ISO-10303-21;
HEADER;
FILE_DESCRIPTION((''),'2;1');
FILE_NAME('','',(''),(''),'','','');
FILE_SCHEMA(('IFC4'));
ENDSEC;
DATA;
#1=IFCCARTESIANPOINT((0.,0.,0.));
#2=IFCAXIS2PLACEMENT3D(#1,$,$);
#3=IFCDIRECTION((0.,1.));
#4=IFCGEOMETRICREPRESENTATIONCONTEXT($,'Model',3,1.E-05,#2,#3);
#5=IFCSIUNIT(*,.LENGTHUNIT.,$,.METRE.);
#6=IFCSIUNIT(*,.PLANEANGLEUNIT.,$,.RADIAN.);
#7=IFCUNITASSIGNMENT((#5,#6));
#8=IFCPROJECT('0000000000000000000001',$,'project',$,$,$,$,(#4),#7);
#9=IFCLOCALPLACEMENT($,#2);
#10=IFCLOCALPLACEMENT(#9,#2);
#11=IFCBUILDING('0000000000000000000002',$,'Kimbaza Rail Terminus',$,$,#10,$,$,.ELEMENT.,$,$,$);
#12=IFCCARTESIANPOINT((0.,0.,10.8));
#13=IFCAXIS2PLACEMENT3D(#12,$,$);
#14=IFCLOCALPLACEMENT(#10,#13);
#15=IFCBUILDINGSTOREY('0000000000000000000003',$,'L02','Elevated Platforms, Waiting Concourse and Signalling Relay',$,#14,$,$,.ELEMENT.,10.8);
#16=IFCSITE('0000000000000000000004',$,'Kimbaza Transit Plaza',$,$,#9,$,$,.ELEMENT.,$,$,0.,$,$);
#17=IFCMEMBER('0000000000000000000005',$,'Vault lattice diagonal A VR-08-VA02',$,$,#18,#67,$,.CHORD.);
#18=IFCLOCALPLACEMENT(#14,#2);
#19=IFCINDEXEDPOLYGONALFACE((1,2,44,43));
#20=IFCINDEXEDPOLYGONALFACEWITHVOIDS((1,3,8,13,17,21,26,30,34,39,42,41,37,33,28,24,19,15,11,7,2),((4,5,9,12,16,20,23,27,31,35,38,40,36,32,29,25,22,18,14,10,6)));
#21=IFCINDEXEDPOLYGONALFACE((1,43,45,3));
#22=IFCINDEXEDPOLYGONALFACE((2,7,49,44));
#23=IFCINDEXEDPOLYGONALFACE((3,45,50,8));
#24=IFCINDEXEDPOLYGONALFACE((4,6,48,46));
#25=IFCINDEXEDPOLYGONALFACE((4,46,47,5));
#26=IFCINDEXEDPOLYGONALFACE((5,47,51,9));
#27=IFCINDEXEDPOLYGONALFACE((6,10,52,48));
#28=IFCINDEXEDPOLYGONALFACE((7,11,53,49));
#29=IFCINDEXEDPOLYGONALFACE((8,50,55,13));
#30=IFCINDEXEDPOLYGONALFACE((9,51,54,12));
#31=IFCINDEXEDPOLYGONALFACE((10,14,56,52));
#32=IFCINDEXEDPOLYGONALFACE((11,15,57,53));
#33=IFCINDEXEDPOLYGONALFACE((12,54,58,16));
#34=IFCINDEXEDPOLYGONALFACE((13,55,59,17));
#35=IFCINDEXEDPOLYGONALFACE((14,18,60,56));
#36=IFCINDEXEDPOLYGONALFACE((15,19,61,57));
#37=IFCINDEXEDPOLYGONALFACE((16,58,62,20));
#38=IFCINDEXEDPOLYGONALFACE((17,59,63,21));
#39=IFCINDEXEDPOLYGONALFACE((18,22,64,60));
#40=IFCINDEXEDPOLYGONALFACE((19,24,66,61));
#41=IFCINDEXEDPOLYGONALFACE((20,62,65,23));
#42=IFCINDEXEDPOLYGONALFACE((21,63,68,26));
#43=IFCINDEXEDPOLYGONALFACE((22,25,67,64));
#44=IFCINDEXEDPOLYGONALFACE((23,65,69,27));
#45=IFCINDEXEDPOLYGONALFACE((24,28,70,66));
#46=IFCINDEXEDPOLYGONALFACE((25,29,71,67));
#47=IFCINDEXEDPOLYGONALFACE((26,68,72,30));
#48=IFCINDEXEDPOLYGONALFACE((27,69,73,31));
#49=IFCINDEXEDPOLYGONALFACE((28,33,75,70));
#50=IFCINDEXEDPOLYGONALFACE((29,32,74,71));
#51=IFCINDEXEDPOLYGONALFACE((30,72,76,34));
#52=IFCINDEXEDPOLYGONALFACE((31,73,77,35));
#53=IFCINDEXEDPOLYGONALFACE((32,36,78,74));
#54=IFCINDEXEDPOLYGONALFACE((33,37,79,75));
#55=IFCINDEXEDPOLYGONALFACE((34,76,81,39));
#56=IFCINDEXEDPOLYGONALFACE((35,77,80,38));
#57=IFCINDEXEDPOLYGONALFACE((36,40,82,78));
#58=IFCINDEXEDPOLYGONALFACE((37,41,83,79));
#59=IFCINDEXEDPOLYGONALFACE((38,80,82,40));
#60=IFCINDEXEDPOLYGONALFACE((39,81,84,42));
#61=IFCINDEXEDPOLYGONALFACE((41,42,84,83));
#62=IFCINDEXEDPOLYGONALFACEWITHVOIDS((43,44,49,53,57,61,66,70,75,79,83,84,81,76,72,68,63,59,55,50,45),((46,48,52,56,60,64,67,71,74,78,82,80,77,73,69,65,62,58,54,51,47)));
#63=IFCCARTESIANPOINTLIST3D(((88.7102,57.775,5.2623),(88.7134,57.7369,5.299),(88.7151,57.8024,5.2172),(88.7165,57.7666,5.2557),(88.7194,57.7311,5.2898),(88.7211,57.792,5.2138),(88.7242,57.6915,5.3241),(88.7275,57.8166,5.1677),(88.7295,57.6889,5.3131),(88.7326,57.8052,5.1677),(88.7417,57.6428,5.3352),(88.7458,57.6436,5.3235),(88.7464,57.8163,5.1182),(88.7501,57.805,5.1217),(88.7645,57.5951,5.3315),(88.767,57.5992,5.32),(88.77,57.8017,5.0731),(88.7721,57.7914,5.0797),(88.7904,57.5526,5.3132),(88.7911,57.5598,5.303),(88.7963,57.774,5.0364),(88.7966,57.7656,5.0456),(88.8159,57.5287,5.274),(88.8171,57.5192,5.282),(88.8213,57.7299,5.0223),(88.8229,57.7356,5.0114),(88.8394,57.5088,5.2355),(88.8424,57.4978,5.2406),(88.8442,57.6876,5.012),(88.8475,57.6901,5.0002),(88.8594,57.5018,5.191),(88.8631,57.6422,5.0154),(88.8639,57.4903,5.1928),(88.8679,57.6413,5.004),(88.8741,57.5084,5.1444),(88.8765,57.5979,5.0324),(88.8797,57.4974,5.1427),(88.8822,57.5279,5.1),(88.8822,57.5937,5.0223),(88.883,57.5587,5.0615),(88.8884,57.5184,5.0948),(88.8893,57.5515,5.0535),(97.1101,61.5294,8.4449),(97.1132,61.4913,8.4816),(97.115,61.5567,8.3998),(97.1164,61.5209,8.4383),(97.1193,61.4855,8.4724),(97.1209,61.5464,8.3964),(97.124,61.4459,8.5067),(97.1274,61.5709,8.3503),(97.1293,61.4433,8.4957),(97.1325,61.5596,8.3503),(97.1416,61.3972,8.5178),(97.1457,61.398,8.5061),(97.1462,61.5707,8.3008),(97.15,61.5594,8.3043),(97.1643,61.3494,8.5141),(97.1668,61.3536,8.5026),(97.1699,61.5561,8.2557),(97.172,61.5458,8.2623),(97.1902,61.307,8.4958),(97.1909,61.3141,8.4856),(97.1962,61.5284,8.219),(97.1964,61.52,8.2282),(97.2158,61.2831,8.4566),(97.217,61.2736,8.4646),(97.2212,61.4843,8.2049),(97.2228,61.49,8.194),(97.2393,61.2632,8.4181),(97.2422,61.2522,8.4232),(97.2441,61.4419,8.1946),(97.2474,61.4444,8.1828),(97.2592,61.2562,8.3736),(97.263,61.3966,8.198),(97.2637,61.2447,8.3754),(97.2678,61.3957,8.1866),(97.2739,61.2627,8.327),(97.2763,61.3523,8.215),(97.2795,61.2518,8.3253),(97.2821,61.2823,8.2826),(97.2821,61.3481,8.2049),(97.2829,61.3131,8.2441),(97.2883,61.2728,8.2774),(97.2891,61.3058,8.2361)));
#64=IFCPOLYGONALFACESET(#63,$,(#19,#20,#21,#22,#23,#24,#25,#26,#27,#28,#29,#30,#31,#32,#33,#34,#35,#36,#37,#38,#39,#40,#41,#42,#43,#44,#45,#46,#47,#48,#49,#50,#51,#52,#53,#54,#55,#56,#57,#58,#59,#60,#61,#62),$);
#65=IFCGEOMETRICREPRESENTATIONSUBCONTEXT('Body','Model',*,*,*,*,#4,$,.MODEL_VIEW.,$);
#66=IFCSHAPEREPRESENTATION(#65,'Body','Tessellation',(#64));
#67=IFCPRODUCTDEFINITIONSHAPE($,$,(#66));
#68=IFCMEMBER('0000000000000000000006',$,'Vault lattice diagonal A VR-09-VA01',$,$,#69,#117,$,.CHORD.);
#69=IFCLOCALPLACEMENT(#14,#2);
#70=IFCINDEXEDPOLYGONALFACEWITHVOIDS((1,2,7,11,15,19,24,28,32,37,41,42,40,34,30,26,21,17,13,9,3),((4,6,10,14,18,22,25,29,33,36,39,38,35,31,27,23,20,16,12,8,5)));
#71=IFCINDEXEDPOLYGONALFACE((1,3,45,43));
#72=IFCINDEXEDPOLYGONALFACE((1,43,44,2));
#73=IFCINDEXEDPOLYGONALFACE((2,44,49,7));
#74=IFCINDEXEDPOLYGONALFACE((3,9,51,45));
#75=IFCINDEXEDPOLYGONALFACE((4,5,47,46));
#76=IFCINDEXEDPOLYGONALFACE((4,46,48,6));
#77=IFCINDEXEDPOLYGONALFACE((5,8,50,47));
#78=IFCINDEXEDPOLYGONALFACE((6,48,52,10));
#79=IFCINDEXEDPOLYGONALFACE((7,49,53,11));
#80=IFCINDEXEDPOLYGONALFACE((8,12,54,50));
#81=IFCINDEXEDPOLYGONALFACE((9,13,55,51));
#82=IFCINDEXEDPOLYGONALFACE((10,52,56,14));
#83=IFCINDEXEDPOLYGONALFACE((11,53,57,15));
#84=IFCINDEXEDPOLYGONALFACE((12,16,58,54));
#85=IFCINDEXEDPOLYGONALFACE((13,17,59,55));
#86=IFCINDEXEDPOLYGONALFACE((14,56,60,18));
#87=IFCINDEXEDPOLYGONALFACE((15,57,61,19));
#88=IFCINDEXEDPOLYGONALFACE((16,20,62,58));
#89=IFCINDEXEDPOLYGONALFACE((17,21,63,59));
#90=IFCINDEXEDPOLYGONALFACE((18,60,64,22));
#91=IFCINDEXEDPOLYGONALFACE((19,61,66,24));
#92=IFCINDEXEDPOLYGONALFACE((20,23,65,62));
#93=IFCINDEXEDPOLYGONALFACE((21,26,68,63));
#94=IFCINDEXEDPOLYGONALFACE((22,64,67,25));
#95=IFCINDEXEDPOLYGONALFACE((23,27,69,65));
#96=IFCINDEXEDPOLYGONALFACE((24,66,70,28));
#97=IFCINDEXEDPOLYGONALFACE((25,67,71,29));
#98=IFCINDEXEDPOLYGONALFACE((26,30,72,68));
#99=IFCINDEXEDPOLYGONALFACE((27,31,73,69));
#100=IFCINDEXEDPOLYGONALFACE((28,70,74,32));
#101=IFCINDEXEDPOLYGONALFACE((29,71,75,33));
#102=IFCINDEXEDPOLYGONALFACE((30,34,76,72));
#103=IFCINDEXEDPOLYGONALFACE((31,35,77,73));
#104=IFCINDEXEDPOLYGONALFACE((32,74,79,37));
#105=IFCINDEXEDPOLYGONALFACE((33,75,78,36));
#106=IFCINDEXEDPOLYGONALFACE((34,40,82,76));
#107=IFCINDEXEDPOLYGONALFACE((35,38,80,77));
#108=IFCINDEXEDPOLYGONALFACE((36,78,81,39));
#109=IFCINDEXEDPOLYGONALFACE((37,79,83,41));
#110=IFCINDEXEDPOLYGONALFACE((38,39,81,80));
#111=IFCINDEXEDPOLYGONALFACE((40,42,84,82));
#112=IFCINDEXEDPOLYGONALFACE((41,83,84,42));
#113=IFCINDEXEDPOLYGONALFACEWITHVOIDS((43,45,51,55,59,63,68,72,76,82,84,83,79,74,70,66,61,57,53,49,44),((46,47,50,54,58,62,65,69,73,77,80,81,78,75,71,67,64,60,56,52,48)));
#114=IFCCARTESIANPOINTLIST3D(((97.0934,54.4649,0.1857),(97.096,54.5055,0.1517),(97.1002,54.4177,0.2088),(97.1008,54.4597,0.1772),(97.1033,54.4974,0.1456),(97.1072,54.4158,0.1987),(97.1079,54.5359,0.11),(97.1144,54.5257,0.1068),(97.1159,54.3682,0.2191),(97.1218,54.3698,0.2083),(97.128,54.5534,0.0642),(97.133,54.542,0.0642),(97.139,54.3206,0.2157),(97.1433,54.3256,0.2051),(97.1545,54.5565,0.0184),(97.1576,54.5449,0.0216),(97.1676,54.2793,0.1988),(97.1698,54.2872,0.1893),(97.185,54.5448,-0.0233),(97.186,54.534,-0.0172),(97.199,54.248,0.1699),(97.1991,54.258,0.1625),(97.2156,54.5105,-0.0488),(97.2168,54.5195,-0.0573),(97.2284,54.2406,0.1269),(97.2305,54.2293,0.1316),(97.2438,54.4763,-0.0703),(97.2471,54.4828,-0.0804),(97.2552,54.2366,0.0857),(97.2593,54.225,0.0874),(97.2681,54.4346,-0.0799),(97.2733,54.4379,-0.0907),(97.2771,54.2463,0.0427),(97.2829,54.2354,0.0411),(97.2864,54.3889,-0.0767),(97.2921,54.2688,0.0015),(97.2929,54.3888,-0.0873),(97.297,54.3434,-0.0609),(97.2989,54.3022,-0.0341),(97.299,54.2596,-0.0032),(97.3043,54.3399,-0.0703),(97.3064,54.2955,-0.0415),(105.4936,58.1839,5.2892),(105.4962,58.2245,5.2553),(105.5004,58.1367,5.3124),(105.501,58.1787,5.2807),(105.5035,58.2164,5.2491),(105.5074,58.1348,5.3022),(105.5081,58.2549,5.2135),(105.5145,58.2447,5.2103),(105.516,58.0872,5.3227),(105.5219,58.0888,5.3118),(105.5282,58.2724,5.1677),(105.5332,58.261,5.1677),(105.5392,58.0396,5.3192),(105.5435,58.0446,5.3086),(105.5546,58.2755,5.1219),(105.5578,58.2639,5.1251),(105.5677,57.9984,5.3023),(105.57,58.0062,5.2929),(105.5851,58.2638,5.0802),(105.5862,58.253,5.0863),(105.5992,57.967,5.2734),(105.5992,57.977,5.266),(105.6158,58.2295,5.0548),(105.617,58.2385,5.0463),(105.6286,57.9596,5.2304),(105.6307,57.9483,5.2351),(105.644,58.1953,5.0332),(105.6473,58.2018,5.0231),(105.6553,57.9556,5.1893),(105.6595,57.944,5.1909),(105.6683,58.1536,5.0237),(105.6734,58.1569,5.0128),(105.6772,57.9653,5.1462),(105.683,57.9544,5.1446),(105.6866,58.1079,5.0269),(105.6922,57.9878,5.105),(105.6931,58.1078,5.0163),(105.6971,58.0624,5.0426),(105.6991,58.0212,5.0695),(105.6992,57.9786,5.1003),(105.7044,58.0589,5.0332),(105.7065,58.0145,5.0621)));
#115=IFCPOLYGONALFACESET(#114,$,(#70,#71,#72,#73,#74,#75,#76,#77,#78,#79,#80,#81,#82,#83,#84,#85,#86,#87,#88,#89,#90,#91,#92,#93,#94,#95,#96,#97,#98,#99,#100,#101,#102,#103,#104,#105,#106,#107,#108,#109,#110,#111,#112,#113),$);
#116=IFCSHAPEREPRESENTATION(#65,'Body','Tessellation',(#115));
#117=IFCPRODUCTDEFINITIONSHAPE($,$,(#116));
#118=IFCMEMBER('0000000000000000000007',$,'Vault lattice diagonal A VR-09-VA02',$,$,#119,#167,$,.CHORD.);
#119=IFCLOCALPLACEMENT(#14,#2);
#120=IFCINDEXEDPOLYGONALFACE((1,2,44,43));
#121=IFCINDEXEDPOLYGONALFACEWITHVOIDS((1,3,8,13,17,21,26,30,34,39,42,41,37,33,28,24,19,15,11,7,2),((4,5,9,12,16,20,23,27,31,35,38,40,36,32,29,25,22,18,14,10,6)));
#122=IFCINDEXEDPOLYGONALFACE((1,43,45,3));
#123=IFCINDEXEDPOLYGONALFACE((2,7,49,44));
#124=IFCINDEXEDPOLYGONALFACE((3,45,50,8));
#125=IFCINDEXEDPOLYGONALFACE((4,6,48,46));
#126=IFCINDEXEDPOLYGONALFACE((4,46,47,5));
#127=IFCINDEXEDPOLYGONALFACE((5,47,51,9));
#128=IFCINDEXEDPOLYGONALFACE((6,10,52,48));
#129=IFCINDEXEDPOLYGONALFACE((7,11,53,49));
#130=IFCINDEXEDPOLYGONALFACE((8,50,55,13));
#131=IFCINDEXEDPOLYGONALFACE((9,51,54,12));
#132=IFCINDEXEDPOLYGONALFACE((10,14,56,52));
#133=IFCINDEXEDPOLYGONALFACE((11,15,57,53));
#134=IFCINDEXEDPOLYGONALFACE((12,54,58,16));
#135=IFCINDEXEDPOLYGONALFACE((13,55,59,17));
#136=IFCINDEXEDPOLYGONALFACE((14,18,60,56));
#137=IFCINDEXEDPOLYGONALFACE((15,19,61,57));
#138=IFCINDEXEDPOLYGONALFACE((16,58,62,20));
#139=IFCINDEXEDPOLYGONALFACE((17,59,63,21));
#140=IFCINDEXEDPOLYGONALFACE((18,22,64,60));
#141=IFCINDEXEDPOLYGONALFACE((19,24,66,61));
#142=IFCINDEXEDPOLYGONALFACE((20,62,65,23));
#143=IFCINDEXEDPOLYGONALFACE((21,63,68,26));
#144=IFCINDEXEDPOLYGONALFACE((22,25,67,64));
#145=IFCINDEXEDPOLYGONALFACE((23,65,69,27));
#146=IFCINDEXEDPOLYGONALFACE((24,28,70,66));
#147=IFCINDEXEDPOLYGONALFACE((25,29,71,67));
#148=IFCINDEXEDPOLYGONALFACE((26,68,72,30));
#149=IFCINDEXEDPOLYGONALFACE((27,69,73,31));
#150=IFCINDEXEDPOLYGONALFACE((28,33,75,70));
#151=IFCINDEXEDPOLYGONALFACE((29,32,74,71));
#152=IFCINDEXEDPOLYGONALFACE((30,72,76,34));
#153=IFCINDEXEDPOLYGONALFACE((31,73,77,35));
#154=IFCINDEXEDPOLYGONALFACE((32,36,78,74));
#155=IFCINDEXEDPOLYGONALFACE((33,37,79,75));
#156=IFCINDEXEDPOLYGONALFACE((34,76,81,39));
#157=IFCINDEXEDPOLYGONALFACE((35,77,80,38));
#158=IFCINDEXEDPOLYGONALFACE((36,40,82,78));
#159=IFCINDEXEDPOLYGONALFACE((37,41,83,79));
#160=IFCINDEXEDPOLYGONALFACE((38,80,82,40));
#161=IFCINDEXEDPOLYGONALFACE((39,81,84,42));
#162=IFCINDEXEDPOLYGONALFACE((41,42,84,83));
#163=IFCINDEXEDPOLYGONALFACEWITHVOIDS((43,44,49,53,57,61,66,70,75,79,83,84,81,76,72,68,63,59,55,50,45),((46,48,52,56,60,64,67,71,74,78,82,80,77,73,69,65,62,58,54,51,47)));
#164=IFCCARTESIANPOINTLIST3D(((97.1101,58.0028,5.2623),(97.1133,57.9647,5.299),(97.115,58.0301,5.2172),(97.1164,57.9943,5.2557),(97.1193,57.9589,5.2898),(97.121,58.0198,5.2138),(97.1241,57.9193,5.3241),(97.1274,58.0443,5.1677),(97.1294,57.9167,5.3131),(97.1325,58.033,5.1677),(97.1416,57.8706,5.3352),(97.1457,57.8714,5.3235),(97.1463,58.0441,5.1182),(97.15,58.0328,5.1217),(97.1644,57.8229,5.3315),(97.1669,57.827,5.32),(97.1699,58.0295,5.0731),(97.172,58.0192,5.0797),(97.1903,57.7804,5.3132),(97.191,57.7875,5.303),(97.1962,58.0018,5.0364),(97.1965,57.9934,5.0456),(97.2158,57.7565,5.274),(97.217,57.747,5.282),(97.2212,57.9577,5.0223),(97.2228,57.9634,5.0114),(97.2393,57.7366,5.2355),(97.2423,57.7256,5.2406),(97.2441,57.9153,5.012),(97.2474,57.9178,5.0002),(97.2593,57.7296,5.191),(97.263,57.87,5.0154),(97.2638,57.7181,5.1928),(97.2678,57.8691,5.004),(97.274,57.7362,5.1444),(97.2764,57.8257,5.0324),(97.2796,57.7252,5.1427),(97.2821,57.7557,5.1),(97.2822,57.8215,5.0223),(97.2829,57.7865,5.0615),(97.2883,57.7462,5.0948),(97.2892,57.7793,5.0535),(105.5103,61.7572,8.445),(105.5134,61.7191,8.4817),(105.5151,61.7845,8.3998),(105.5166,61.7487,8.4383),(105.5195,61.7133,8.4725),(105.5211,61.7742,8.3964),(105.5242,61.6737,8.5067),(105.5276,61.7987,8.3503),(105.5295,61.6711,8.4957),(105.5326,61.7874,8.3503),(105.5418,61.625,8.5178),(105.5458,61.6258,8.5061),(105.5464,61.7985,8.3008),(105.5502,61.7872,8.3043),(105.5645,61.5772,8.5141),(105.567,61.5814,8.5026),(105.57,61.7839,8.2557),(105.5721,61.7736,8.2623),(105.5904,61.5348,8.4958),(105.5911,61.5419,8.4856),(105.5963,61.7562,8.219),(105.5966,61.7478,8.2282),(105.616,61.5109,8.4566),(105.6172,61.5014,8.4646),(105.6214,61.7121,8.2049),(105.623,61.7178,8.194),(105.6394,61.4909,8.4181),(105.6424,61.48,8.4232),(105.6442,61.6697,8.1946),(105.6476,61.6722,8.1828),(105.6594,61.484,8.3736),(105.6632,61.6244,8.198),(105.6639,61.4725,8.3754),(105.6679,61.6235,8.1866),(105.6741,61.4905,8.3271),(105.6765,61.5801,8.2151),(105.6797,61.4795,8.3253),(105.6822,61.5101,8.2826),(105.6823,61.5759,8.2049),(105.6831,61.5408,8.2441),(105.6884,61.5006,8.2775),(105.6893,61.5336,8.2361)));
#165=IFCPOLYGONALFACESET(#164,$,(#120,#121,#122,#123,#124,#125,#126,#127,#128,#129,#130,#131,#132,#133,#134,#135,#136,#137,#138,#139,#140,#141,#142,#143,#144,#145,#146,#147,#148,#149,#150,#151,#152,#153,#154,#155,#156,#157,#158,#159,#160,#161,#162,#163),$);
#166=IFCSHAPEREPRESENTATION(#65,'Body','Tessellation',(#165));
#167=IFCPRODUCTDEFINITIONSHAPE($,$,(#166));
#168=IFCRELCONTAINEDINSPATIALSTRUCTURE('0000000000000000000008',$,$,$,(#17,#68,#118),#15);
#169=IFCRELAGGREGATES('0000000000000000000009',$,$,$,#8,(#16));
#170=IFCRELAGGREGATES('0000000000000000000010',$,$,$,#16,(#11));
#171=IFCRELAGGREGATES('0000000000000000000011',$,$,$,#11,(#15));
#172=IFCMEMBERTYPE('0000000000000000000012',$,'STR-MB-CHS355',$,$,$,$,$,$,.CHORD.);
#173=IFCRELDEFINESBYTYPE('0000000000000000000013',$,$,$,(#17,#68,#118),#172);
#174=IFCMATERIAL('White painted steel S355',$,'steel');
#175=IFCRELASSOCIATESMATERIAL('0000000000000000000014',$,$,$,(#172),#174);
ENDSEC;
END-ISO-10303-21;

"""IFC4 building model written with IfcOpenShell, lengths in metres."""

from ifc_helpers import new_model, si_unit, direction, frame, origin, origin_2d, place, context, subcontext, project, spatial, hollow_circle, extrude, material, material_profile, profile_set, type_object, element, save


model = new_model("IFC4")

# Units and contexts
model_context = context("Model", 3, precision=1e-05, world=origin(), true_north=direction((0.0, 1.0)))
body_context = subcontext(model_context, "Body", "Model", "MODEL_VIEW")
ifc_project = project(units=[si_unit("LENGTHUNIT", "METRE"), si_unit("PLANEANGLEUNIT", "RADIAN")], contexts=[model_context])

# Site, building, storey
site_placement = place(None, origin())
site = spatial("IfcSite", under=ifc_project, at=site_placement, Name="Kimbaza Transit Plaza", CompositionType="ELEMENT", RefElevation=0.0)
building_placement = place(site_placement, origin())
building = spatial("IfcBuilding", under=site, at=building_placement, Name="Kimbaza Rail Terminus", CompositionType="ELEMENT")
storey_placement = place(building_placement, frame((0.0, 0.0, 10.8)))
storey = spatial("IfcBuildingStorey", under=building, at=storey_placement, Name="L02", Description="Elevated Platforms, Waiting Concourse and Signalling Relay", CompositionType="ELEMENT", Elevation=10.8)

# Members
ifc_material_1 = material(Name="White painted steel S355", Category="steel")
ifc_material_profile_1 = material_profile(ifc_material_1, hollow_circle(Radius=0.1777, WallThickness=0.0125, at=origin_2d()), Name="CHS 355.6x12.5")
ifc_profile_set_1 = profile_set([ifc_material_profile_1], Name="White painted steel S355")
member_type_1 = type_object("IfcMemberType", Name="STR-MB-CHS355", PredefinedType="CHORD", material=ifc_profile_set_1)
member_1_placement = place(storey_placement, frame((88.8, 57.6543, 5.1677), z_axis=(0.862798, 0.385634, 0.326903), x_axis=(-0.408053, 0.912958, 0.0)))
element("IfcMember", 1, at=member_1_placement, inside=storey, type_object=member_type_1, Name="Vault lattice diagonal A VR-08-VA02", PredefinedType="CHORD", context=body_context, shape_type="SweptSolid", body=[
    extrude(hollow_circle(Radius=0.1777, WallThickness=0.0125, at=origin_2d()), origin(), (0.0, 0.0, 1.0), 9.7356),
])
member_2_placement = place(storey_placement, frame((97.2, 54.3909, 0.0642), z_axis=(0.799328, 0.353886, 0.485632), x_axis=(-0.404829, 0.914393, 0.0)))
element("IfcMember", 2, at=member_2_placement, inside=storey, type_object=member_type_1, Name="Vault lattice diagonal A VR-09-VA01", PredefinedType="CHORD", context=body_context, shape_type="SweptSolid", body=[
    extrude(hollow_circle(Radius=0.1777, WallThickness=0.0125, at=origin_2d()), origin(), (0.0, 0.0, 1.0), 10.509),
])
member_3_placement = place(storey_placement, frame((97.2, 57.8821, 5.1677), z_axis=(0.862805, 0.385625, 0.326896), x_axis=(-0.408043, 0.912963, 0.0)))
element("IfcMember", 3, at=member_3_placement, inside=storey, type_object=member_type_1, Name="Vault lattice diagonal A VR-09-VA02", PredefinedType="CHORD", context=body_context, shape_type="SweptSolid", body=[
    extrude(hollow_circle(Radius=0.1777, WallThickness=0.0125, at=origin_2d()), origin(), (0.0, 0.0, 1.0), 9.7358),
])

save(model, "model.ifc")
